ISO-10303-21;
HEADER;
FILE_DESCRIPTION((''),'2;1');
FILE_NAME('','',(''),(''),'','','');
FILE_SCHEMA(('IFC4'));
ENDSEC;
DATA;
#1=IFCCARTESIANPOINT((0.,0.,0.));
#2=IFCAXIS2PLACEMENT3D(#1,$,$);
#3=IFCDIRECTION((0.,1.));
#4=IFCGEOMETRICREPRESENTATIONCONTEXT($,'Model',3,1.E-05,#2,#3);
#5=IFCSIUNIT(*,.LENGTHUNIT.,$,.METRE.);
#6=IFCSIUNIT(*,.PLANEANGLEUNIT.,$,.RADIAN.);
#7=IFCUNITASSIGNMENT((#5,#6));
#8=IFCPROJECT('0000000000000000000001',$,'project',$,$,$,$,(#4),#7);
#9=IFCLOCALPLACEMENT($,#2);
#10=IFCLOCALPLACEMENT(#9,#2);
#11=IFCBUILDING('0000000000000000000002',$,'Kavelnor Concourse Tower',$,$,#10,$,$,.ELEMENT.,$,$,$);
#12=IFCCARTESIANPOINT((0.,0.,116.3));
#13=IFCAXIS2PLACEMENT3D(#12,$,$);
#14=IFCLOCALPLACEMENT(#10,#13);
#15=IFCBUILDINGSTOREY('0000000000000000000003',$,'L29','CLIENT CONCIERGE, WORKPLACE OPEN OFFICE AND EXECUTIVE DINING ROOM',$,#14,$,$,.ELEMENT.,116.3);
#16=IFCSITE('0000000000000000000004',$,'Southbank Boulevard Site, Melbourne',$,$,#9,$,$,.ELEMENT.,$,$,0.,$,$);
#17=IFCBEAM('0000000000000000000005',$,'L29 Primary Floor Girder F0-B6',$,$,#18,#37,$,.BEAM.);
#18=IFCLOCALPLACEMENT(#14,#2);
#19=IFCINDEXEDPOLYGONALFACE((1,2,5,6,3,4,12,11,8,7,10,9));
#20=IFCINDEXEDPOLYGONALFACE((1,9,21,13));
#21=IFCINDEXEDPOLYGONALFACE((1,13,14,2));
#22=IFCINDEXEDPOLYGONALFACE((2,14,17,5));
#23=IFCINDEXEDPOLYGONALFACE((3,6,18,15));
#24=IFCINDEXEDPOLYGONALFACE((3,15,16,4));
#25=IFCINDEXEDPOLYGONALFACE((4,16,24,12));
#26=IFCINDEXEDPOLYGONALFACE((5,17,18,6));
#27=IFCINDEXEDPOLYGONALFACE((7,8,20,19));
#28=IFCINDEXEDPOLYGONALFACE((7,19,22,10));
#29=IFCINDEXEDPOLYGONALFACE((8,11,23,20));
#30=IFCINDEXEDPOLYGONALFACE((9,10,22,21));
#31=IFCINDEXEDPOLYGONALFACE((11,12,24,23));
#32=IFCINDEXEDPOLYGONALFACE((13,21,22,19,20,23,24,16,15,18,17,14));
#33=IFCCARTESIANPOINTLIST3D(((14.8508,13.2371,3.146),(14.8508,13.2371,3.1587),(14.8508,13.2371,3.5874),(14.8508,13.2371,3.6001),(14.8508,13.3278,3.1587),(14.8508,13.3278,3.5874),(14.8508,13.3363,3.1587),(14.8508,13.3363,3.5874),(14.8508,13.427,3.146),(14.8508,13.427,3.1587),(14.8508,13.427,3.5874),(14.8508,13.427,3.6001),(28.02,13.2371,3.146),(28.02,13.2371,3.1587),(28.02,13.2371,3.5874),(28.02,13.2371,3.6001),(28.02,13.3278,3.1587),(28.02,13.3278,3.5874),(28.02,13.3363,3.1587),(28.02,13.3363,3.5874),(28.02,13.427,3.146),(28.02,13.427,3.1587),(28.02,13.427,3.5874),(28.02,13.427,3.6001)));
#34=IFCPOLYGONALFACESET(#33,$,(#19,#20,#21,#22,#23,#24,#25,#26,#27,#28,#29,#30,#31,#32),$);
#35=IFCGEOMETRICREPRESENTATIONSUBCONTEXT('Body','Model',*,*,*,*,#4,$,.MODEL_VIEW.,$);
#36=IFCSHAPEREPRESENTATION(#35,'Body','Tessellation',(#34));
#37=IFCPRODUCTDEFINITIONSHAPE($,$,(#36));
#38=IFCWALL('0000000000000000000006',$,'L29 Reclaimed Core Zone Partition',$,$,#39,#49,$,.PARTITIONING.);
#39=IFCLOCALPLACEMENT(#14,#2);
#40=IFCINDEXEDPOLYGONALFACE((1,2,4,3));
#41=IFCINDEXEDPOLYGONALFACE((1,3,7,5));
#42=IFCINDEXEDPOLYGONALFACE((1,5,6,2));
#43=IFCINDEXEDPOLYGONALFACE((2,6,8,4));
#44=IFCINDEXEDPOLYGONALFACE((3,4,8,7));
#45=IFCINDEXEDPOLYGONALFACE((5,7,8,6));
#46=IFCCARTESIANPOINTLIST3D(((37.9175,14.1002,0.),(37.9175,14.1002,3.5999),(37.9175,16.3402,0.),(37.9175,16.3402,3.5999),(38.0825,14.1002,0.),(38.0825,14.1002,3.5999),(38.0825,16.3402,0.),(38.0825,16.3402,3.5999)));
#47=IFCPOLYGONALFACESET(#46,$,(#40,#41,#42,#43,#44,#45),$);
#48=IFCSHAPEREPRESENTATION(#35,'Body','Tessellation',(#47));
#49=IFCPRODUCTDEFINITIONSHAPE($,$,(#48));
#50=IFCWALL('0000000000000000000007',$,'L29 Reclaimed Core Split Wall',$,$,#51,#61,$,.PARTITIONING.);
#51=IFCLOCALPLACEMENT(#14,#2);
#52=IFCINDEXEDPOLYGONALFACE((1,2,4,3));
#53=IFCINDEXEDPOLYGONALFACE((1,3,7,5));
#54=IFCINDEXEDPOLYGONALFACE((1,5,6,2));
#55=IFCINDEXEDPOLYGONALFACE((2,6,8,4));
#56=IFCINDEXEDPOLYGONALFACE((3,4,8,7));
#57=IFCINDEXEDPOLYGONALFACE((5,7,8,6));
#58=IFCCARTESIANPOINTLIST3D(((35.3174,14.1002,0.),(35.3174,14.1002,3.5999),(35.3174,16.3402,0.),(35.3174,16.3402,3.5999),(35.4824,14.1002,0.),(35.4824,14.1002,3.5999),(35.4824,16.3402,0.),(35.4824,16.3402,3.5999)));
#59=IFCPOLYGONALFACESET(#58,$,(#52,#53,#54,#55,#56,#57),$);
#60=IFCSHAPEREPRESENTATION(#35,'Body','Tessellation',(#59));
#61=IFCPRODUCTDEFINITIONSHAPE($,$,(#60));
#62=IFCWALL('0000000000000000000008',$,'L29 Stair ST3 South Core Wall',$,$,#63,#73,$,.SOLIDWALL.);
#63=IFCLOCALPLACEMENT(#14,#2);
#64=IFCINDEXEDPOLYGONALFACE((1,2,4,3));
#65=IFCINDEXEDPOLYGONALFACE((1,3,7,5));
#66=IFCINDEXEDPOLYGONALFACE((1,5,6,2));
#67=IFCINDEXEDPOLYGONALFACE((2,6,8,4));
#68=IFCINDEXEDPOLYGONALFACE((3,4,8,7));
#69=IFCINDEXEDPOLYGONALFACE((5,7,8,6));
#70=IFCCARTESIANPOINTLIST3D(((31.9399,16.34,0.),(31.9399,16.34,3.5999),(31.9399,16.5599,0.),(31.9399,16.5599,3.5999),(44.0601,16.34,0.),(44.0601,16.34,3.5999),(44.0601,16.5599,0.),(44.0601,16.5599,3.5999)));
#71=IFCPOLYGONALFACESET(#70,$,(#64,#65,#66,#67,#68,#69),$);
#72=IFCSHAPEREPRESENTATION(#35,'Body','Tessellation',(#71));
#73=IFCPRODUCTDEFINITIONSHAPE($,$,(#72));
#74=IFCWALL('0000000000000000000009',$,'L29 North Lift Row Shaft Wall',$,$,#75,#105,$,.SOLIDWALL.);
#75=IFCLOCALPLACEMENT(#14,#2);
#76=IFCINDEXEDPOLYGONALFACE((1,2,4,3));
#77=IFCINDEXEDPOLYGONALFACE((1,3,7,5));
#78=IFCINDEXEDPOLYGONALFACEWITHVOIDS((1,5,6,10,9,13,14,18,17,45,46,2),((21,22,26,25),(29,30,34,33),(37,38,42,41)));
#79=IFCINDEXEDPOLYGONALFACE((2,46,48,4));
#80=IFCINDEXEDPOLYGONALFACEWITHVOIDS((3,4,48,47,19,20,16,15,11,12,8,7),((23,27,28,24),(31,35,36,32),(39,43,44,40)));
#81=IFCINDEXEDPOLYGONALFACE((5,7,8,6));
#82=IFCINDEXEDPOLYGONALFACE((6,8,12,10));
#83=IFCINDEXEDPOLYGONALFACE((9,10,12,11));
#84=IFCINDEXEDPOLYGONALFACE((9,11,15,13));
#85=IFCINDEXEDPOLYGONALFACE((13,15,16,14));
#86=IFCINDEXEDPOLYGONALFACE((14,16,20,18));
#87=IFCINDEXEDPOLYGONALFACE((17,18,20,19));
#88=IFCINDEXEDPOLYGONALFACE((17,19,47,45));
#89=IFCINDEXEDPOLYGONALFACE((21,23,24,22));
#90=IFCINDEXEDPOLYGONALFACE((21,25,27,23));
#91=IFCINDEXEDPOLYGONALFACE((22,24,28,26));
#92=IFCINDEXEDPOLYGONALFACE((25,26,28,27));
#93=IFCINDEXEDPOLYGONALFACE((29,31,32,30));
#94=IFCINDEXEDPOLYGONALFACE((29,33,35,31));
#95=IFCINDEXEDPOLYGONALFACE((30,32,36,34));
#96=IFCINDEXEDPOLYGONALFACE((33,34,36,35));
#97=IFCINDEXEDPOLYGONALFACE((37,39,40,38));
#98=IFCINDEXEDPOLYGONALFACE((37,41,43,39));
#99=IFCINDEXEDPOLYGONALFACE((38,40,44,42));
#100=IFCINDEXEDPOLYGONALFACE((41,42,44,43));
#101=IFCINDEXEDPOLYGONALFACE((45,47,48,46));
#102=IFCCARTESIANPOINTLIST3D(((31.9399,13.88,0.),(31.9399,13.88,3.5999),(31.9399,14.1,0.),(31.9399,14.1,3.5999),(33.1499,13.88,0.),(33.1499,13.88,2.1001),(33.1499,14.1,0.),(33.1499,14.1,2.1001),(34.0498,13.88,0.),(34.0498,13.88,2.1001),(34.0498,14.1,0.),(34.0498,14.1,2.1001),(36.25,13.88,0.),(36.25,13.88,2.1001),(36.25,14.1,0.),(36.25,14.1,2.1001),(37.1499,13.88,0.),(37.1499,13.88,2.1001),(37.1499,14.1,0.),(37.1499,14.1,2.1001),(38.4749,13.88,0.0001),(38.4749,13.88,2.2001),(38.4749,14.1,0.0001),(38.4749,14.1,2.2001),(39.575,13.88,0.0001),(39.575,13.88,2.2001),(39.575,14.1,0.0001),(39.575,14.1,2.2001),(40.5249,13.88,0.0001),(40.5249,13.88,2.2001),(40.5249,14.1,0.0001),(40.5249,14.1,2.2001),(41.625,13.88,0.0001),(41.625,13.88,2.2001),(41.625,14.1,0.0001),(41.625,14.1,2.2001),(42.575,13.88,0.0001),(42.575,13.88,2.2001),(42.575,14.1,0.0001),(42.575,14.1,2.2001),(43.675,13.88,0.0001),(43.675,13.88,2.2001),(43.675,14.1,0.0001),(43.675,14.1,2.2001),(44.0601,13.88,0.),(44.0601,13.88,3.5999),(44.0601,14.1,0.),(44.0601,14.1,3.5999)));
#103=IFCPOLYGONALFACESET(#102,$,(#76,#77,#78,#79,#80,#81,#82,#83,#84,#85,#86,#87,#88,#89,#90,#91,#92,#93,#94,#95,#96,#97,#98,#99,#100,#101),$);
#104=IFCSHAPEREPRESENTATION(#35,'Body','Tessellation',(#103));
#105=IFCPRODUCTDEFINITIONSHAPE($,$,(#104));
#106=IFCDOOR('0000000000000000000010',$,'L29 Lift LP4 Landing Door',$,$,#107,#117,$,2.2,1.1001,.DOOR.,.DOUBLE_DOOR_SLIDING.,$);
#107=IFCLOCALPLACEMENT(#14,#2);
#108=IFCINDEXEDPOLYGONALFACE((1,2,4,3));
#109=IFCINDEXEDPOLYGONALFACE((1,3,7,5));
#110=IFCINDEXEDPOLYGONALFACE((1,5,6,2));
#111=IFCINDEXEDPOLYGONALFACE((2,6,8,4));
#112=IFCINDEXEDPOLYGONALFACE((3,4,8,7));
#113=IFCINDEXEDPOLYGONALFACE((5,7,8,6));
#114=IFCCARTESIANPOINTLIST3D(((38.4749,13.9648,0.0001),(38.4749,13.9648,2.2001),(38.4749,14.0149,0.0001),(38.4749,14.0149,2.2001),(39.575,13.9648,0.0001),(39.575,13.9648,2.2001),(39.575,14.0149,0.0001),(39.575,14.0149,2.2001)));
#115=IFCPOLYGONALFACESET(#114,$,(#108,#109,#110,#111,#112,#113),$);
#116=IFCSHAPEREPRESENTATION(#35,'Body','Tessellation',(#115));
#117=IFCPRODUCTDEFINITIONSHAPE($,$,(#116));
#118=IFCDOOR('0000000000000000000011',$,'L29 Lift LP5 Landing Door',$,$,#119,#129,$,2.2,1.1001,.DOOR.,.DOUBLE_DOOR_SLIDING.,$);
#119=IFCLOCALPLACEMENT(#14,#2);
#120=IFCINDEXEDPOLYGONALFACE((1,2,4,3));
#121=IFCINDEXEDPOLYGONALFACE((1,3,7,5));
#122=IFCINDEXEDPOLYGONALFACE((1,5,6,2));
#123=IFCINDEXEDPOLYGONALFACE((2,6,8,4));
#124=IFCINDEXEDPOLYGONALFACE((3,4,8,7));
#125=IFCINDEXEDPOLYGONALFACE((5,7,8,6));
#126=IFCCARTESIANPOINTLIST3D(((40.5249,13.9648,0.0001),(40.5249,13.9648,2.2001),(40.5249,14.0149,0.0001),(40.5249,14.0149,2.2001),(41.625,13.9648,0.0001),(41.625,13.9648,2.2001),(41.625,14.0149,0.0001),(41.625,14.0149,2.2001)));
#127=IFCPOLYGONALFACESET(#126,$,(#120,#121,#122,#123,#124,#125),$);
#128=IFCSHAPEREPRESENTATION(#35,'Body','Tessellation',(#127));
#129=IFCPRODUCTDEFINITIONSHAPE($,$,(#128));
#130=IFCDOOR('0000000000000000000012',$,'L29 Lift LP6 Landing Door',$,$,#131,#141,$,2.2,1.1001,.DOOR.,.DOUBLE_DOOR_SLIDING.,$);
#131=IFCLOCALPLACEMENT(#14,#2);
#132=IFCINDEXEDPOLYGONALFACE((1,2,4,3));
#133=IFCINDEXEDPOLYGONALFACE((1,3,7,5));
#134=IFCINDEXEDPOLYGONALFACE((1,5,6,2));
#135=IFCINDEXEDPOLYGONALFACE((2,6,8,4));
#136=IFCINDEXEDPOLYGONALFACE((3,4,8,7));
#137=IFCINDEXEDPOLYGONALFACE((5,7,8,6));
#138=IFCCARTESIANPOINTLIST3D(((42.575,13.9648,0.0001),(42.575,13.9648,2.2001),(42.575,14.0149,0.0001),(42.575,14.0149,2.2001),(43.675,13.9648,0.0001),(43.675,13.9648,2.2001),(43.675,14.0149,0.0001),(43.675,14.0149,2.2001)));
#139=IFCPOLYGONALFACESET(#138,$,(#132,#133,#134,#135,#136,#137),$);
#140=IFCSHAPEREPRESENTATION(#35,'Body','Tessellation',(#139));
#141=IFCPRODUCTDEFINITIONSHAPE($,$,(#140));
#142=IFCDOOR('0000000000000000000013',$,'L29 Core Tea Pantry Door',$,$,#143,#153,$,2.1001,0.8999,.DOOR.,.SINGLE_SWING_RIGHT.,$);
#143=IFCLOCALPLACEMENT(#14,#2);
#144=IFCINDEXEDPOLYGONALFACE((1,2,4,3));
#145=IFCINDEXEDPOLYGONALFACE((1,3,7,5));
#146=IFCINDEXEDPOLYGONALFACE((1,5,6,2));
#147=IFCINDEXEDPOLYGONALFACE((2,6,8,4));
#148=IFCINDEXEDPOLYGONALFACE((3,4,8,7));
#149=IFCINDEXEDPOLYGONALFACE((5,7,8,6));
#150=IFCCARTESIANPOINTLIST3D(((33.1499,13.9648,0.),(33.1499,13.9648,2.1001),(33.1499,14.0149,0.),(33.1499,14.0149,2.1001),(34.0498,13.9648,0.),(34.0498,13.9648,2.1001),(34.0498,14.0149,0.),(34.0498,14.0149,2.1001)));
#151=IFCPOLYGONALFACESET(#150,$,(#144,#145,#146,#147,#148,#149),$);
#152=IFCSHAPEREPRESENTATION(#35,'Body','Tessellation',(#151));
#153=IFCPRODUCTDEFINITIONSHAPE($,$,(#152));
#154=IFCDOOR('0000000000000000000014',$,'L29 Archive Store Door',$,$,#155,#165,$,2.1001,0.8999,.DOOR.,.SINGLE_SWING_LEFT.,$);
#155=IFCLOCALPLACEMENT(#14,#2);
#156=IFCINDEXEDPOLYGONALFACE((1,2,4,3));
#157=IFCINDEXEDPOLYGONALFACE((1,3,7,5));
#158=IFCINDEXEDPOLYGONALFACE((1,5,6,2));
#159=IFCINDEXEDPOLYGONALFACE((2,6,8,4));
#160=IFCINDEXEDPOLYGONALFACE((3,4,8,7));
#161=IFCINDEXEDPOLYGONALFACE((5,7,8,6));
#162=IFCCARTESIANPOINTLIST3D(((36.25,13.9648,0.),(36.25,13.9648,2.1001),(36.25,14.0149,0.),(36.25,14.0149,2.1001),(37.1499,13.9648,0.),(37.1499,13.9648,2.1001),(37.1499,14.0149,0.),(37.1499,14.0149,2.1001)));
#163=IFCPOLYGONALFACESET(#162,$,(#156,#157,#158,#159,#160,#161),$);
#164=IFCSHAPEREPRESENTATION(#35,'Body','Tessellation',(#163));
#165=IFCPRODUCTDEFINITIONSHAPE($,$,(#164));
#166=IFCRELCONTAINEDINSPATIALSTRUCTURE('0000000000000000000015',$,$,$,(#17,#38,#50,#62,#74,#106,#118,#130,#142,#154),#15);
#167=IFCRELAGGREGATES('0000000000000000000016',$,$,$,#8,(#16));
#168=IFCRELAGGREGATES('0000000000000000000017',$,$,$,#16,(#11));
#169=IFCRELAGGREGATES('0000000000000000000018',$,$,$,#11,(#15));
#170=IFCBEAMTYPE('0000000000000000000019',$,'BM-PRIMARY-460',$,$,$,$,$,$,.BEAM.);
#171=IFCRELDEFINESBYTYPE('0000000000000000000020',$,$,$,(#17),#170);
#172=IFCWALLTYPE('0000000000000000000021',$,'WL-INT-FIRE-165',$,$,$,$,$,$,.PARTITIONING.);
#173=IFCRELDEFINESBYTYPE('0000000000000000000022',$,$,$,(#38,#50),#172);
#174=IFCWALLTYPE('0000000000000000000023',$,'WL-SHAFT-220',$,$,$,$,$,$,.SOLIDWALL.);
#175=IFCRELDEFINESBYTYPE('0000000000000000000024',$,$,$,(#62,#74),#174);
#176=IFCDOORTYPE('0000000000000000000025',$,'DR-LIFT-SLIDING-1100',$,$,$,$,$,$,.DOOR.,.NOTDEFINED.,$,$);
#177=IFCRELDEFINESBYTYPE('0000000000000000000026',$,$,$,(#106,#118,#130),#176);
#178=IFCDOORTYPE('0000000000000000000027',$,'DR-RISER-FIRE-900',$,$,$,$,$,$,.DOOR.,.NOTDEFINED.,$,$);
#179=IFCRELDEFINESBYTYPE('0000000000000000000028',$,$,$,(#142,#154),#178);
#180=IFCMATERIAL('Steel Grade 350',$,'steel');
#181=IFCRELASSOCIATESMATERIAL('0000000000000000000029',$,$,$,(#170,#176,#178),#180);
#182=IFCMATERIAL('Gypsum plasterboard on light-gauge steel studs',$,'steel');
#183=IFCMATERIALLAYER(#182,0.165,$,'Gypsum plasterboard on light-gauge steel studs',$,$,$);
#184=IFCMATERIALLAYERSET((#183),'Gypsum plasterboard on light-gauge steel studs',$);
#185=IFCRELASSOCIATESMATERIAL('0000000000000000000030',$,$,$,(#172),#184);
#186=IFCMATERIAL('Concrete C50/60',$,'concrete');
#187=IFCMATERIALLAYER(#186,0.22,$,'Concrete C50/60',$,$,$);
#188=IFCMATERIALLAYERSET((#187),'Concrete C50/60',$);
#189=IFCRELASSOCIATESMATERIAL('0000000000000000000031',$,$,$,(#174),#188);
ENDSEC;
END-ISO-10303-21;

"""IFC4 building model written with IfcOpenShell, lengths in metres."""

from ifc_helpers import new_model, si_unit, direction, frame, frame_2d, origin, origin_2d, place, context, subcontext, project, spatial, rectangle, i_section, extrude, material, layer, layer_set, material_profile, profile_set, type_object, element, fill, save


model = new_model("IFC4")

# Units and contexts
model_context = context("Model", 3, precision=1e-05, world=origin(), true_north=direction((0.0, 1.0)))
body_context = subcontext(model_context, "Body", "Model", "MODEL_VIEW")
ifc_project = project(units=[si_unit("LENGTHUNIT", "METRE"), si_unit("PLANEANGLEUNIT", "RADIAN")], contexts=[model_context])

# Site, building, storey
site_placement = place(None, origin())
site = spatial("IfcSite", under=ifc_project, at=site_placement, Name="Southbank Boulevard Site, Melbourne", CompositionType="ELEMENT", RefElevation=0.0)
building_placement = place(site_placement, origin())
building = spatial("IfcBuilding", under=site, at=building_placement, Name="Kavelnor Concourse Tower", CompositionType="ELEMENT")
storey_placement = place(building_placement, frame((0.0, 0.0, 116.3)))
storey = spatial("IfcBuildingStorey", under=building, at=storey_placement, Name="L29", Description="CLIENT CONCIERGE, WORKPLACE OPEN OFFICE AND EXECUTIVE DINING ROOM", CompositionType="ELEMENT", Elevation=116.3)

# Beam
ifc_material_1 = material(Name="Steel Grade 350", Category="steel")
ifc_material_profile = material_profile(ifc_material_1, i_section(OverallWidth=0.1899, OverallDepth=0.4541, WebThickness=0.0085, FlangeThickness=0.0127, at=origin_2d()), Name="460UB67")
ifc_profile_set = profile_set([ifc_material_profile], Name="Steel Grade 350")
beam_type = type_object("IfcBeamType", Name="BM-PRIMARY-460", PredefinedType="BEAM", material=ifc_profile_set)
beam_placement = place(storey_placement, frame((28.02, 13.332, 3.373), z_axis=(-1.0, 0.0, 0.0), x_axis=(0.0, -1.0, 0.0)))
element("IfcBeam", 1, at=beam_placement, inside=storey, type_object=beam_type, Name="L29 Primary Floor Girder F0-B6", PredefinedType="BEAM", context=body_context, shape_type="SweptSolid", body=[
    extrude(i_section(OverallWidth=0.1899, OverallDepth=0.4541, WebThickness=0.0085, FlangeThickness=0.0127, at=origin_2d()), origin(), (0.0, 0.0, 1.0), 13.1692),
])

# Walls
ifc_material_2 = material(Name="Gypsum plasterboard on light-gauge steel studs", Category="steel")
ifc_layer_1 = layer(ifc_material_2, 0.165, Name="Gypsum plasterboard on light-gauge steel studs")
ifc_layer_set_1 = layer_set([ifc_layer_1], Name="Gypsum plasterboard on light-gauge steel studs")
wall_type_1 = type_object("IfcWallType", Name="WL-INT-FIRE-165", PredefinedType="PARTITIONING", material=ifc_layer_set_1)
for number, where, z_axis, x_axis, name in (
    (2, (38.0, 14.1001, 0.0), (0.0, 0.0, 1.0), (0.0, 1.0, 0.0), "L29 Reclaimed Core Zone Partition"),
    (3, (35.3999, 14.1001, 0.0), (0.0, 0.0, 1.0), (0.0, 1.0, 0.0), "L29 Reclaimed Core Split Wall"),
):
    element("IfcWall", number, at=place(storey_placement, frame(where, z_axis=z_axis, x_axis=x_axis)), inside=storey, type_object=wall_type_1, Name=name, PredefinedType="PARTITIONING", context=body_context, shape_type="SweptSolid", body=[
        extrude(rectangle(XDim=2.24, YDim=0.165, at=frame_2d((1.1201, 0.0))), origin(), (0.0, 0.0, 1.0), 3.5999),
    ])
ifc_material_3 = material(Name="Concrete C50/60", Category="concrete")
ifc_layer_2 = layer(ifc_material_3, 0.22, Name="Concrete C50/60")
ifc_layer_set_2 = layer_set([ifc_layer_2], Name="Concrete C50/60")
wall_type_2 = type_object("IfcWallType", Name="WL-SHAFT-220", PredefinedType="SOLIDWALL", material=ifc_layer_set_2)
wall_1_placement = place(storey_placement, frame((31.9399, 16.45, 0.0), z_axis=(0.0, 0.0, 1.0), x_axis=(1.0, 0.0, 0.0)))
element("IfcWall", 4, at=wall_1_placement, inside=storey, type_object=wall_type_2, Name="L29 Stair ST3 South Core Wall", PredefinedType="SOLIDWALL", context=body_context, shape_type="SweptSolid", body=[
    extrude(rectangle(XDim=12.1201, YDim=0.22, at=frame_2d((6.0601, 0.0))), origin(), (0.0, 0.0, 1.0), 3.5999),
])

# Wall, openings, doors
wall_2_placement = place(storey_placement, frame((31.9399, 13.99, 0.0), z_axis=(0.0, 0.0, 1.0), x_axis=(1.0, 0.0, 0.0)))
wall_2 = element("IfcWall", 5, at=wall_2_placement, inside=storey, type_object=wall_type_2, Name="L29 North Lift Row Shaft Wall", PredefinedType="SOLIDWALL", context=body_context, shape_type="SweptSolid", body=[
    extrude(rectangle(XDim=12.1201, YDim=0.22, at=frame_2d((6.0601, 0.0))), origin(), (0.0, 0.0, 1.0), 3.5999),
])
opening_1_placement = place(wall_2_placement, frame((1.21, 0.0, 0.0)))
opening_1 = element("IfcOpeningElement", 6, at=opening_1_placement, cuts=wall_2, PredefinedType="OPENING", context=body_context, shape_type="SweptSolid", body=[
    extrude(rectangle(XDim=0.8999, YDim=2.1001, at=frame_2d((0.45, 1.05))), frame((0.0, 0.1201, 0.0), z_axis=(0.0, -1.0, 0.0), x_axis=(1.0, 0.0, 0.0)), (0.0, 0.0, 1.0), 0.24),
])
opening_2_placement = place(wall_2_placement, frame((4.3101, 0.0, 0.0)))
opening_2 = element("IfcOpeningElement", 7, at=opening_2_placement, cuts=wall_2, PredefinedType="OPENING", context=body_context, shape_type="SweptSolid", body=[
    extrude(rectangle(XDim=0.8999, YDim=2.1001, at=frame_2d((0.45, 1.05))), frame((0.0, 0.1201, 0.0), z_axis=(0.0, -1.0, 0.0), x_axis=(1.0, 0.0, 0.0)), (0.0, 0.0, 1.0), 0.24),
])
opening_3_placement = place(wall_2_placement, frame((6.5349, 0.0, 0.0)))
opening_3 = element("IfcOpeningElement", 8, at=opening_3_placement, cuts=wall_2, PredefinedType="OPENING", context=body_context, shape_type="SweptSolid", body=[
    extrude(rectangle(XDim=1.1001, YDim=2.2, at=frame_2d((0.55, 1.1001))), frame((0.0, 0.1201, 0.0), z_axis=(0.0, -1.0, 0.0), x_axis=(1.0, 0.0, 0.0)), (0.0, 0.0, 1.0), 0.24),
])
opening_4_placement = place(wall_2_placement, frame((8.585, 0.0, 0.0)))
opening_4 = element("IfcOpeningElement", 9, at=opening_4_placement, cuts=wall_2, PredefinedType="OPENING", context=body_context, shape_type="SweptSolid", body=[
    extrude(rectangle(XDim=1.1001, YDim=2.2, at=frame_2d((0.55, 1.1001))), frame((0.0, 0.1201, 0.0), z_axis=(0.0, -1.0, 0.0), x_axis=(1.0, 0.0, 0.0)), (0.0, 0.0, 1.0), 0.24),
])
opening_5_placement = place(wall_2_placement, frame((10.635, 0.0, 0.0)))
opening_5 = element("IfcOpeningElement", 10, at=opening_5_placement, cuts=wall_2, PredefinedType="OPENING", context=body_context, shape_type="SweptSolid", body=[
    extrude(rectangle(XDim=1.1001, YDim=2.2, at=frame_2d((0.55, 1.1001))), frame((0.0, 0.1201, 0.0), z_axis=(0.0, -1.0, 0.0), x_axis=(1.0, 0.0, 0.0)), (0.0, 0.0, 1.0), 0.24),
])
door_type_1 = type_object("IfcDoorType", Name="DR-LIFT-SLIDING-1100", OperationType="NOTDEFINED", PredefinedType="DOOR", material=ifc_material_1)
door_1_placement = place(opening_3_placement, origin())
door_1 = element("IfcDoor", 11, at=door_1_placement, inside=storey, type_object=door_type_1, Name="L29 Lift LP4 Landing Door", OperationType="DOUBLE_DOOR_SLIDING", OverallHeight=2.2, OverallWidth=1.1001, PredefinedType="DOOR", context=body_context, shape_type="SweptSolid", body=[
    extrude(rectangle(XDim=1.1001, YDim=2.2, at=frame_2d((0.55, 1.1001))), frame((0.0, 0.0249, 0.0), z_axis=(0.0, -1.0, 0.0), x_axis=(1.0, 0.0, 0.0)), (0.0, 0.0, 1.0), 0.05),
])
fill(opening_3, door_1)
door_2_placement = place(opening_4_placement, origin())
door_2 = element("IfcDoor", 12, at=door_2_placement, inside=storey, type_object=door_type_1, Name="L29 Lift LP5 Landing Door", OperationType="DOUBLE_DOOR_SLIDING", OverallHeight=2.2, OverallWidth=1.1001, PredefinedType="DOOR", context=body_context, shape_type="SweptSolid", body=[
    extrude(rectangle(XDim=1.1001, YDim=2.2, at=frame_2d((0.55, 1.1001))), frame((0.0, 0.0249, 0.0), z_axis=(0.0, -1.0, 0.0), x_axis=(1.0, 0.0, 0.0)), (0.0, 0.0, 1.0), 0.05),
])
fill(opening_4, door_2)
door_3_placement = place(opening_5_placement, origin())
door_3 = element("IfcDoor", 13, at=door_3_placement, inside=storey, type_object=door_type_1, Name="L29 Lift LP6 Landing Door", OperationType="DOUBLE_DOOR_SLIDING", OverallHeight=2.2, OverallWidth=1.1001, PredefinedType="DOOR", context=body_context, shape_type="SweptSolid", body=[
    extrude(rectangle(XDim=1.1001, YDim=2.2, at=frame_2d((0.55, 1.1001))), frame((0.0, 0.0249, 0.0), z_axis=(0.0, -1.0, 0.0), x_axis=(1.0, 0.0, 0.0)), (0.0, 0.0, 1.0), 0.05),
])
fill(opening_5, door_3)
door_type_2 = type_object("IfcDoorType", Name="DR-RISER-FIRE-900", OperationType="NOTDEFINED", PredefinedType="DOOR", material=ifc_material_1)
door_4_placement = place(opening_1_placement, origin())
door_4 = element("IfcDoor", 14, at=door_4_placement, inside=storey, type_object=door_type_2, Name="L29 Core Tea Pantry Door", OperationType="SINGLE_SWING_RIGHT", OverallHeight=2.1001, OverallWidth=0.8999, PredefinedType="DOOR", context=body_context, shape_type="SweptSolid", body=[
    extrude(rectangle(XDim=0.8999, YDim=2.1001, at=frame_2d((0.45, 1.05))), frame((0.0, 0.0249, 0.0), z_axis=(0.0, -1.0, 0.0), x_axis=(1.0, 0.0, 0.0)), (0.0, 0.0, 1.0), 0.05),
])
fill(opening_1, door_4)
door_5_placement = place(opening_2_placement, origin())
door_5 = element("IfcDoor", 15, at=door_5_placement, inside=storey, type_object=door_type_2, Name="L29 Archive Store Door", OperationType="SINGLE_SWING_LEFT", OverallHeight=2.1001, OverallWidth=0.8999, PredefinedType="DOOR", context=body_context, shape_type="SweptSolid", body=[
    extrude(rectangle(XDim=0.8999, YDim=2.1001, at=frame_2d((0.45, 1.05))), frame((0.0, 0.0249, 0.0), z_axis=(0.0, -1.0, 0.0), x_axis=(1.0, 0.0, 0.0)), (0.0, 0.0, 1.0), 0.05),
])
fill(opening_2, door_5)

save(model, "model.ifc")
